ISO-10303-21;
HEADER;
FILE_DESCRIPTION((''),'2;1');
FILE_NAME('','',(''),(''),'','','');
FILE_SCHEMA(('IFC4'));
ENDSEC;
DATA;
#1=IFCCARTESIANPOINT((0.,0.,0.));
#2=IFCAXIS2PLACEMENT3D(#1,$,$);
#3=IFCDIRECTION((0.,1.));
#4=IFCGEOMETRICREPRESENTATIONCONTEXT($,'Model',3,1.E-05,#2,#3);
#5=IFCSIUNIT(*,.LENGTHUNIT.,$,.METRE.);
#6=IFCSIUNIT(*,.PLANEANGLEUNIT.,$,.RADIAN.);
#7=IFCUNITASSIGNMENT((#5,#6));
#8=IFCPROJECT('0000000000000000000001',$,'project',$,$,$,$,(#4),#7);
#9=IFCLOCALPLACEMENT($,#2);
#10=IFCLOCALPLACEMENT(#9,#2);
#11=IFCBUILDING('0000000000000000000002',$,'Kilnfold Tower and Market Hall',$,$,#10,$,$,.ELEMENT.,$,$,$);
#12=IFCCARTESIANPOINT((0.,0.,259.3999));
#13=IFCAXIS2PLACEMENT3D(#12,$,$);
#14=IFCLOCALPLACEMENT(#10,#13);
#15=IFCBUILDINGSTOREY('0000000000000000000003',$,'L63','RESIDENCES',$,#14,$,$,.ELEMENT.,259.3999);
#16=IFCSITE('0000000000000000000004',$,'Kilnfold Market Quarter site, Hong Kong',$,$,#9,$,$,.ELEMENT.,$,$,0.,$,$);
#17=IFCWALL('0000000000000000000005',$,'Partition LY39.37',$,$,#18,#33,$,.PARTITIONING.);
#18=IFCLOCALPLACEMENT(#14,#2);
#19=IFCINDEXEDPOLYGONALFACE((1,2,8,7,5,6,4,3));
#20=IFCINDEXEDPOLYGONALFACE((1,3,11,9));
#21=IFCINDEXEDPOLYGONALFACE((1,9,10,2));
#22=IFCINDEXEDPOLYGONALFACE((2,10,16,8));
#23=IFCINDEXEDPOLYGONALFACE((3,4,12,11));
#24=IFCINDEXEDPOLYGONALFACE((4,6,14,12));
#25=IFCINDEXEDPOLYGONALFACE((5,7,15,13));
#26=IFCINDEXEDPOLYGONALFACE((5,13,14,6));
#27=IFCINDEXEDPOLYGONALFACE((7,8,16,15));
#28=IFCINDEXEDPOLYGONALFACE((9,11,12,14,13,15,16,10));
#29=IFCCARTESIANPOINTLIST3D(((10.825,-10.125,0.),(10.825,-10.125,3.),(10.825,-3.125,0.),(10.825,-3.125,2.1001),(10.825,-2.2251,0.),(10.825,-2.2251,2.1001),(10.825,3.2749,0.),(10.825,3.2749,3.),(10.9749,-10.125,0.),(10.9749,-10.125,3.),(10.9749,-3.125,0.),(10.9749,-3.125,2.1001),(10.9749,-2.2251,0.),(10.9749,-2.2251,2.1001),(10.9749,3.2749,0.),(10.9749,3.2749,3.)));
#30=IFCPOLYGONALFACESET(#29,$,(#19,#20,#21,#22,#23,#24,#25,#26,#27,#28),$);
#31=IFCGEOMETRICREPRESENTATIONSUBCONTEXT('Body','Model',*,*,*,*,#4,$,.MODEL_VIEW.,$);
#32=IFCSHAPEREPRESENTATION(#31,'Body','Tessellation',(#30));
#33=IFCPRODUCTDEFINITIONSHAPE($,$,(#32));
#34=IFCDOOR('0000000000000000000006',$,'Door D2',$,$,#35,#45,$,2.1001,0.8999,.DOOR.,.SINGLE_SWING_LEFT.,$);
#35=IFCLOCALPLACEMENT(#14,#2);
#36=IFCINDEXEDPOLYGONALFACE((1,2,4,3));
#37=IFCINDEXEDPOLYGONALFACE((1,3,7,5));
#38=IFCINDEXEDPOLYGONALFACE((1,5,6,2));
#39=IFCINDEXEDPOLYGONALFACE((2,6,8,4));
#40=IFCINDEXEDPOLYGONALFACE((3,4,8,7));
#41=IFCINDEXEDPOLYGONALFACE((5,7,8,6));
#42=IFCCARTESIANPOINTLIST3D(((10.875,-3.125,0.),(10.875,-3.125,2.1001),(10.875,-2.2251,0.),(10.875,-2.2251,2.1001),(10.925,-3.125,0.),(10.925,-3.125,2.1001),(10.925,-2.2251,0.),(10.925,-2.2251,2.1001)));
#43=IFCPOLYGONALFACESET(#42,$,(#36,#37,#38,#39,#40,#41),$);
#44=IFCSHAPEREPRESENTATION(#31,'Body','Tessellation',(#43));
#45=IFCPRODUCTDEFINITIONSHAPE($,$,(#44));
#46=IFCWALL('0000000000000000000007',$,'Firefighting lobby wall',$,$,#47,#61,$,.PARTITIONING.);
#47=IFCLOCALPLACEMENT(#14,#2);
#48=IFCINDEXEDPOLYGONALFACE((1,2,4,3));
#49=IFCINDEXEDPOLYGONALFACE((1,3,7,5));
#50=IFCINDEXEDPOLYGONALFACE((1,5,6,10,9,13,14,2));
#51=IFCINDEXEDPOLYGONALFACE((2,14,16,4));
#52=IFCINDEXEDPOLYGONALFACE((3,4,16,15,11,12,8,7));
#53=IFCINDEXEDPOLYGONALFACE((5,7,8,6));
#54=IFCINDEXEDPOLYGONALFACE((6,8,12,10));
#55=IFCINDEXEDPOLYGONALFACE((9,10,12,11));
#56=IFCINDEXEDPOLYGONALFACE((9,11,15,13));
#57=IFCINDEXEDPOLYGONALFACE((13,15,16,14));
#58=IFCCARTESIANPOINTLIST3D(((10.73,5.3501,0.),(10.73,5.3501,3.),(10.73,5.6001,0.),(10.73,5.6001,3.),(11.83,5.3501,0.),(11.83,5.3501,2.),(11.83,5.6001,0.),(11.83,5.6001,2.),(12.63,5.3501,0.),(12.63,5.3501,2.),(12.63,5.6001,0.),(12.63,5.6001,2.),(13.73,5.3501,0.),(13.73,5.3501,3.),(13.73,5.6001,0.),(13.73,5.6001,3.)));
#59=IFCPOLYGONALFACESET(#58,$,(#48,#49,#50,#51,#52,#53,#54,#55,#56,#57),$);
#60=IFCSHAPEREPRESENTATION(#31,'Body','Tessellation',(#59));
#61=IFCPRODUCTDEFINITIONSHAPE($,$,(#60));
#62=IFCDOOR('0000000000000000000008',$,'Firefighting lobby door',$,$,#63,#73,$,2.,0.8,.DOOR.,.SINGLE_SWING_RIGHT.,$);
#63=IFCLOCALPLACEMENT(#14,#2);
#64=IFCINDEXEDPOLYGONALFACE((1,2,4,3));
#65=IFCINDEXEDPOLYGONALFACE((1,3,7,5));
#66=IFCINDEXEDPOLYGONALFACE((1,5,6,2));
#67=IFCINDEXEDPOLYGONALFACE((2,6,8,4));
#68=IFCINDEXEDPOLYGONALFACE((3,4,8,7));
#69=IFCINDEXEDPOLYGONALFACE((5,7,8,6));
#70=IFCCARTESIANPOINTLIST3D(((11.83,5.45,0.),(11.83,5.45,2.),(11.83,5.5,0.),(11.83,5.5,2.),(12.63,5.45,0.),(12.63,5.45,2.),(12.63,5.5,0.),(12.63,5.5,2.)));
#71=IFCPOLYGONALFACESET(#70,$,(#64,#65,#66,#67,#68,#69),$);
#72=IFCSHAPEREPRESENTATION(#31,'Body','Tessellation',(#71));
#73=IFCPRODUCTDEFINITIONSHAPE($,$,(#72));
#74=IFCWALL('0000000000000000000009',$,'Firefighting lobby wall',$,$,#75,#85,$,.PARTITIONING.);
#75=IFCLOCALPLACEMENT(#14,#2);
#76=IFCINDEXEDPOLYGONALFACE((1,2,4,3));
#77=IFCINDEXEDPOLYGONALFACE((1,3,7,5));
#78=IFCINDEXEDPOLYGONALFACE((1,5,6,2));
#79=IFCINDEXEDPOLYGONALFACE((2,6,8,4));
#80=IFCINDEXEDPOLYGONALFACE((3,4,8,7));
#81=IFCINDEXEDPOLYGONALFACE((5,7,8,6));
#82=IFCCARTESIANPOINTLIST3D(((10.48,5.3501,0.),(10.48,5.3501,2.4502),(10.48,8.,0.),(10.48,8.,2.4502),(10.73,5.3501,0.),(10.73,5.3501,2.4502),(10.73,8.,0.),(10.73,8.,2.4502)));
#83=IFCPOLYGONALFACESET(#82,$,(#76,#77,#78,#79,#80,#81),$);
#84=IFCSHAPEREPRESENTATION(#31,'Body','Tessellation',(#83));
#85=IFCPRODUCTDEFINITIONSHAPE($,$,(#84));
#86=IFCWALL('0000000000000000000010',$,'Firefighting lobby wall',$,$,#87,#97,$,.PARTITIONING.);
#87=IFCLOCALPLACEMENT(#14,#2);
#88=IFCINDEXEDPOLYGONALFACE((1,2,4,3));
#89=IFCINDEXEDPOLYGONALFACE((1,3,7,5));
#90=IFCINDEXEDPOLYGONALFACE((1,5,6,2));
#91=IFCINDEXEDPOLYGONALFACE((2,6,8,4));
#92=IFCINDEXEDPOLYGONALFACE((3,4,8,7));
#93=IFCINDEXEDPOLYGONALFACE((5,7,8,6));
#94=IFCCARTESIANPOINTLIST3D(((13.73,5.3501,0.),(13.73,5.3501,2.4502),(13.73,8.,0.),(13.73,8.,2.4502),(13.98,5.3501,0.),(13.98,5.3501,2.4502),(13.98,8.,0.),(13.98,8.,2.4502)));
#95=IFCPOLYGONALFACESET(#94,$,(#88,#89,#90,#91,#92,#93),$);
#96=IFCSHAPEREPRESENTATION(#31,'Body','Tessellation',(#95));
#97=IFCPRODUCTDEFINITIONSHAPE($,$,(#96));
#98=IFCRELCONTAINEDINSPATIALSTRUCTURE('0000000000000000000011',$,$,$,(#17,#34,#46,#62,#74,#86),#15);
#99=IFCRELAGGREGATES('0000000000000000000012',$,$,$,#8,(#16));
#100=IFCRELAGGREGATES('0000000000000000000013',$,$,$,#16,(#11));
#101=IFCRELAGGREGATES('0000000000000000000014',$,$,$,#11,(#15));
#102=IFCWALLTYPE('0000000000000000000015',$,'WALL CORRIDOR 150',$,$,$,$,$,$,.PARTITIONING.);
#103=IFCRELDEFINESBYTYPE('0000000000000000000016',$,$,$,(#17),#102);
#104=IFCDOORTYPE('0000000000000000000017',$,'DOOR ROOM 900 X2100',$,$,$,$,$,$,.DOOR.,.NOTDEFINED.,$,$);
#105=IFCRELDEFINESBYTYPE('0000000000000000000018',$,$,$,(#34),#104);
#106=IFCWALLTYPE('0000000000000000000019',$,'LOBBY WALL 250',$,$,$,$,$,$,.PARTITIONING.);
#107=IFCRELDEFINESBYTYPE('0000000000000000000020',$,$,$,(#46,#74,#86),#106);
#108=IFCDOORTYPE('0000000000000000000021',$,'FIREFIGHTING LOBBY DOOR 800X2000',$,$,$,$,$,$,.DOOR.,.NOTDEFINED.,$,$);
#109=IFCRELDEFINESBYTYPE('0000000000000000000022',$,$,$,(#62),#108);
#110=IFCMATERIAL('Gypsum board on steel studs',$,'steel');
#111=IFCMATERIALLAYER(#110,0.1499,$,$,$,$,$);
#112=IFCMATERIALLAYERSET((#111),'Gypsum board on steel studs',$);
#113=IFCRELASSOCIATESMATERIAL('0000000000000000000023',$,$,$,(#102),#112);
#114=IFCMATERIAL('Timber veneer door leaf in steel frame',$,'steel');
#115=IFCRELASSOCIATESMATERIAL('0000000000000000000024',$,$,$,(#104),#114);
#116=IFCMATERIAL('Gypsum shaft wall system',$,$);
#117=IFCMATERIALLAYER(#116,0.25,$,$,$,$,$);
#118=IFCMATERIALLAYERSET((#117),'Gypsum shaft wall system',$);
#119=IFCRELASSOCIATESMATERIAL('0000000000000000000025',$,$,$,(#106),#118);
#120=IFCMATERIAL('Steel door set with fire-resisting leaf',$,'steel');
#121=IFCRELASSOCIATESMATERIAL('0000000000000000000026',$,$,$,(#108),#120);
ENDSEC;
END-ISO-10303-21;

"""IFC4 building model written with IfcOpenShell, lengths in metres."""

from ifc_helpers import new_model, si_unit, direction, frame, frame_2d, origin, place, context, subcontext, project, spatial, rectangle, extrude, source, transform, mapped, material, layer, layer_set, type_object, element, fill, save


model = new_model("IFC4")

# Units and contexts
model_context = context("Model", 3, precision=1e-05, world=origin(), true_north=direction((0.0, 1.0)))
body_context = subcontext(model_context, "Body", "Model", "MODEL_VIEW")
ifc_project = project(units=[si_unit("LENGTHUNIT", "METRE"), si_unit("PLANEANGLEUNIT", "RADIAN")], contexts=[model_context])

# Site, building, storey
site_placement = place(None, origin())
site = spatial("IfcSite", under=ifc_project, at=site_placement, Name="Kilnfold Market Quarter site, Hong Kong", CompositionType="ELEMENT", RefElevation=0.0)
building_placement = place(site_placement, origin())
building = spatial("IfcBuilding", under=site, at=building_placement, Name="Kilnfold Tower and Market Hall", CompositionType="ELEMENT")
storey_placement = place(building_placement, frame((0.0, 0.0, 259.3999)))
storey = spatial("IfcBuildingStorey", under=building, at=storey_placement, Name="L63", Description="RESIDENCES", CompositionType="ELEMENT", Elevation=259.3999)

# Shared definitions
ifc_material_1 = material(Name="Gypsum board on steel studs", Category="steel")
ifc_layer_1 = layer(ifc_material_1, 0.1499)
ifc_layer_set_1 = layer_set([ifc_layer_1], Name="Gypsum board on steel studs")
wall_type_1 = type_object("IfcWallType", Name="WALL CORRIDOR 150", PredefinedType="PARTITIONING", material=ifc_layer_set_1)

# Walls, openings, doors
wall_1_placement = place(storey_placement, frame((10.8999, -10.125, 0.0), z_axis=(0.0, 0.0, 1.0), x_axis=(0.0, 1.0, 0.0)))
wall_1 = element("IfcWall", 1, at=wall_1_placement, inside=storey, type_object=wall_type_1, Name="Partition LY39.37", PredefinedType="PARTITIONING", context=body_context, shape_type="SweptSolid", body=[
    extrude(rectangle(XDim=13.3999, YDim=0.1499, at=frame_2d((6.7, 0.0))), origin(), (0.0, 0.0, 1.0), 3.0),
])
opening_1_placement = place(wall_1_placement, frame((7.0, 0.0, 0.0)))
opening_1 = element("IfcOpeningElement", 2, at=opening_1_placement, cuts=wall_1, PredefinedType="OPENING", context=body_context, shape_type="SweptSolid", body=[
    extrude(rectangle(XDim=0.8999, YDim=2.1001, at=frame_2d((0.45, 1.05))), frame((0.0, 0.085, 0.0), z_axis=(0.0, -1.0, 0.0), x_axis=(1.0, 0.0, 0.0)), (0.0, 0.0, 1.0), 0.1699),
])
ifc_material_2 = material(Name="Timber veneer door leaf in steel frame", Category="steel")
door_type_1 = type_object("IfcDoorType", Name="DOOR ROOM 900 X2100", OperationType="NOTDEFINED", PredefinedType="DOOR", material=ifc_material_2)
door_1_placement = place(opening_1_placement, origin())
door_1 = element("IfcDoor", 3, at=door_1_placement, inside=storey, type_object=door_type_1, Name="Door D2", OperationType="SINGLE_SWING_LEFT", OverallHeight=2.1001, OverallWidth=0.8999, PredefinedType="DOOR", context=body_context, shape_type="SweptSolid", body=[
    extrude(rectangle(XDim=0.8999, YDim=2.1001, at=frame_2d((0.45, 1.05))), frame((0.0, 0.0249, 0.0), z_axis=(0.0, -1.0, 0.0), x_axis=(1.0, 0.0, 0.0)), (0.0, 0.0, 1.0), 0.05),
])
fill(opening_1, door_1)
ifc_material_3 = material(Name="Gypsum shaft wall system")
ifc_layer_2 = layer(ifc_material_3, 0.25)
ifc_layer_set_2 = layer_set([ifc_layer_2], Name="Gypsum shaft wall system")
wall_type_2 = type_object("IfcWallType", Name="LOBBY WALL 250", PredefinedType="PARTITIONING", material=ifc_layer_set_2)
shared_shape_1 = source(origin(), body_context, "Body", "SweptSolid", [
    extrude(rectangle(XDim=3.0, YDim=0.25, at=frame_2d((1.5, 0.0))), origin(), (0.0, 0.0, 1.0), 3.0),
])
wall_2_placement = place(storey_placement, frame((10.73, 5.4751, 0.0), z_axis=(0.0, 0.0, 1.0), x_axis=(1.0, 0.0, 0.0)))
wall_2 = element("IfcWall", 4, at=wall_2_placement, inside=storey, type_object=wall_type_2, Name="Firefighting lobby wall", PredefinedType="PARTITIONING", context=body_context, shape_type="MappedRepresentation", body=[
    mapped(shared_shape_1, transform((0.0, 0.0, 0.0))),
])
opening_2_placement = place(wall_2_placement, frame((1.1001, 0.0, 0.0)))
opening_2 = element("IfcOpeningElement", 5, at=opening_2_placement, cuts=wall_2, PredefinedType="OPENING", context=body_context, shape_type="SweptSolid", body=[
    extrude(rectangle(XDim=0.8, YDim=2.0, at=frame_2d((0.3999, 1.0))), frame((0.0, 0.135, 0.0), z_axis=(0.0, -1.0, 0.0), x_axis=(1.0, 0.0, 0.0)), (0.0, 0.0, 1.0), 0.27),
])
ifc_material_4 = material(Name="Steel door set with fire-resisting leaf", Category="steel")
door_type_2 = type_object("IfcDoorType", Name="FIREFIGHTING LOBBY DOOR 800X2000", OperationType="NOTDEFINED", PredefinedType="DOOR", material=ifc_material_4)
door_2_placement = place(opening_2_placement, origin())
door_2 = element("IfcDoor", 6, at=door_2_placement, inside=storey, type_object=door_type_2, Name="Firefighting lobby door", OperationType="SINGLE_SWING_RIGHT", OverallHeight=2.0, OverallWidth=0.8, PredefinedType="DOOR", context=body_context, shape_type="SweptSolid", body=[
    extrude(rectangle(XDim=0.8, YDim=2.0, at=frame_2d((0.3999, 1.0))), frame((0.0, 0.0249, 0.0), z_axis=(0.0, -1.0, 0.0), x_axis=(1.0, 0.0, 0.0)), (0.0, 0.0, 1.0), 0.05),
])
fill(opening_2, door_2)

# Walls
shared_shape_2 = source(origin(), body_context, "Body", "SweptSolid", [
    extrude(rectangle(XDim=2.6499, YDim=0.25, at=frame_2d((1.325, 0.0))), origin(), (0.0, 0.0, 1.0), 2.4502),
])
for number, where, z_axis, x_axis, name in (
    (7, (10.605, 5.3501, 0.0), (0.0, 0.0, 1.0), (0.0, 1.0, 0.0), "Firefighting lobby wall"),
    (8, (13.855, 5.3501, 0.0), (0.0, 0.0, 1.0), (0.0, 1.0, 0.0), "Firefighting lobby wall"),
):
    element("IfcWall", number, at=place(storey_placement, frame(where, z_axis=z_axis, x_axis=x_axis)), inside=storey, type_object=wall_type_2, Name=name, PredefinedType="PARTITIONING", context=body_context, shape_type="MappedRepresentation", body=[
        mapped(shared_shape_2, transform((0.0, 0.0, 0.0))),
    ])

save(model, "model.ifc")
